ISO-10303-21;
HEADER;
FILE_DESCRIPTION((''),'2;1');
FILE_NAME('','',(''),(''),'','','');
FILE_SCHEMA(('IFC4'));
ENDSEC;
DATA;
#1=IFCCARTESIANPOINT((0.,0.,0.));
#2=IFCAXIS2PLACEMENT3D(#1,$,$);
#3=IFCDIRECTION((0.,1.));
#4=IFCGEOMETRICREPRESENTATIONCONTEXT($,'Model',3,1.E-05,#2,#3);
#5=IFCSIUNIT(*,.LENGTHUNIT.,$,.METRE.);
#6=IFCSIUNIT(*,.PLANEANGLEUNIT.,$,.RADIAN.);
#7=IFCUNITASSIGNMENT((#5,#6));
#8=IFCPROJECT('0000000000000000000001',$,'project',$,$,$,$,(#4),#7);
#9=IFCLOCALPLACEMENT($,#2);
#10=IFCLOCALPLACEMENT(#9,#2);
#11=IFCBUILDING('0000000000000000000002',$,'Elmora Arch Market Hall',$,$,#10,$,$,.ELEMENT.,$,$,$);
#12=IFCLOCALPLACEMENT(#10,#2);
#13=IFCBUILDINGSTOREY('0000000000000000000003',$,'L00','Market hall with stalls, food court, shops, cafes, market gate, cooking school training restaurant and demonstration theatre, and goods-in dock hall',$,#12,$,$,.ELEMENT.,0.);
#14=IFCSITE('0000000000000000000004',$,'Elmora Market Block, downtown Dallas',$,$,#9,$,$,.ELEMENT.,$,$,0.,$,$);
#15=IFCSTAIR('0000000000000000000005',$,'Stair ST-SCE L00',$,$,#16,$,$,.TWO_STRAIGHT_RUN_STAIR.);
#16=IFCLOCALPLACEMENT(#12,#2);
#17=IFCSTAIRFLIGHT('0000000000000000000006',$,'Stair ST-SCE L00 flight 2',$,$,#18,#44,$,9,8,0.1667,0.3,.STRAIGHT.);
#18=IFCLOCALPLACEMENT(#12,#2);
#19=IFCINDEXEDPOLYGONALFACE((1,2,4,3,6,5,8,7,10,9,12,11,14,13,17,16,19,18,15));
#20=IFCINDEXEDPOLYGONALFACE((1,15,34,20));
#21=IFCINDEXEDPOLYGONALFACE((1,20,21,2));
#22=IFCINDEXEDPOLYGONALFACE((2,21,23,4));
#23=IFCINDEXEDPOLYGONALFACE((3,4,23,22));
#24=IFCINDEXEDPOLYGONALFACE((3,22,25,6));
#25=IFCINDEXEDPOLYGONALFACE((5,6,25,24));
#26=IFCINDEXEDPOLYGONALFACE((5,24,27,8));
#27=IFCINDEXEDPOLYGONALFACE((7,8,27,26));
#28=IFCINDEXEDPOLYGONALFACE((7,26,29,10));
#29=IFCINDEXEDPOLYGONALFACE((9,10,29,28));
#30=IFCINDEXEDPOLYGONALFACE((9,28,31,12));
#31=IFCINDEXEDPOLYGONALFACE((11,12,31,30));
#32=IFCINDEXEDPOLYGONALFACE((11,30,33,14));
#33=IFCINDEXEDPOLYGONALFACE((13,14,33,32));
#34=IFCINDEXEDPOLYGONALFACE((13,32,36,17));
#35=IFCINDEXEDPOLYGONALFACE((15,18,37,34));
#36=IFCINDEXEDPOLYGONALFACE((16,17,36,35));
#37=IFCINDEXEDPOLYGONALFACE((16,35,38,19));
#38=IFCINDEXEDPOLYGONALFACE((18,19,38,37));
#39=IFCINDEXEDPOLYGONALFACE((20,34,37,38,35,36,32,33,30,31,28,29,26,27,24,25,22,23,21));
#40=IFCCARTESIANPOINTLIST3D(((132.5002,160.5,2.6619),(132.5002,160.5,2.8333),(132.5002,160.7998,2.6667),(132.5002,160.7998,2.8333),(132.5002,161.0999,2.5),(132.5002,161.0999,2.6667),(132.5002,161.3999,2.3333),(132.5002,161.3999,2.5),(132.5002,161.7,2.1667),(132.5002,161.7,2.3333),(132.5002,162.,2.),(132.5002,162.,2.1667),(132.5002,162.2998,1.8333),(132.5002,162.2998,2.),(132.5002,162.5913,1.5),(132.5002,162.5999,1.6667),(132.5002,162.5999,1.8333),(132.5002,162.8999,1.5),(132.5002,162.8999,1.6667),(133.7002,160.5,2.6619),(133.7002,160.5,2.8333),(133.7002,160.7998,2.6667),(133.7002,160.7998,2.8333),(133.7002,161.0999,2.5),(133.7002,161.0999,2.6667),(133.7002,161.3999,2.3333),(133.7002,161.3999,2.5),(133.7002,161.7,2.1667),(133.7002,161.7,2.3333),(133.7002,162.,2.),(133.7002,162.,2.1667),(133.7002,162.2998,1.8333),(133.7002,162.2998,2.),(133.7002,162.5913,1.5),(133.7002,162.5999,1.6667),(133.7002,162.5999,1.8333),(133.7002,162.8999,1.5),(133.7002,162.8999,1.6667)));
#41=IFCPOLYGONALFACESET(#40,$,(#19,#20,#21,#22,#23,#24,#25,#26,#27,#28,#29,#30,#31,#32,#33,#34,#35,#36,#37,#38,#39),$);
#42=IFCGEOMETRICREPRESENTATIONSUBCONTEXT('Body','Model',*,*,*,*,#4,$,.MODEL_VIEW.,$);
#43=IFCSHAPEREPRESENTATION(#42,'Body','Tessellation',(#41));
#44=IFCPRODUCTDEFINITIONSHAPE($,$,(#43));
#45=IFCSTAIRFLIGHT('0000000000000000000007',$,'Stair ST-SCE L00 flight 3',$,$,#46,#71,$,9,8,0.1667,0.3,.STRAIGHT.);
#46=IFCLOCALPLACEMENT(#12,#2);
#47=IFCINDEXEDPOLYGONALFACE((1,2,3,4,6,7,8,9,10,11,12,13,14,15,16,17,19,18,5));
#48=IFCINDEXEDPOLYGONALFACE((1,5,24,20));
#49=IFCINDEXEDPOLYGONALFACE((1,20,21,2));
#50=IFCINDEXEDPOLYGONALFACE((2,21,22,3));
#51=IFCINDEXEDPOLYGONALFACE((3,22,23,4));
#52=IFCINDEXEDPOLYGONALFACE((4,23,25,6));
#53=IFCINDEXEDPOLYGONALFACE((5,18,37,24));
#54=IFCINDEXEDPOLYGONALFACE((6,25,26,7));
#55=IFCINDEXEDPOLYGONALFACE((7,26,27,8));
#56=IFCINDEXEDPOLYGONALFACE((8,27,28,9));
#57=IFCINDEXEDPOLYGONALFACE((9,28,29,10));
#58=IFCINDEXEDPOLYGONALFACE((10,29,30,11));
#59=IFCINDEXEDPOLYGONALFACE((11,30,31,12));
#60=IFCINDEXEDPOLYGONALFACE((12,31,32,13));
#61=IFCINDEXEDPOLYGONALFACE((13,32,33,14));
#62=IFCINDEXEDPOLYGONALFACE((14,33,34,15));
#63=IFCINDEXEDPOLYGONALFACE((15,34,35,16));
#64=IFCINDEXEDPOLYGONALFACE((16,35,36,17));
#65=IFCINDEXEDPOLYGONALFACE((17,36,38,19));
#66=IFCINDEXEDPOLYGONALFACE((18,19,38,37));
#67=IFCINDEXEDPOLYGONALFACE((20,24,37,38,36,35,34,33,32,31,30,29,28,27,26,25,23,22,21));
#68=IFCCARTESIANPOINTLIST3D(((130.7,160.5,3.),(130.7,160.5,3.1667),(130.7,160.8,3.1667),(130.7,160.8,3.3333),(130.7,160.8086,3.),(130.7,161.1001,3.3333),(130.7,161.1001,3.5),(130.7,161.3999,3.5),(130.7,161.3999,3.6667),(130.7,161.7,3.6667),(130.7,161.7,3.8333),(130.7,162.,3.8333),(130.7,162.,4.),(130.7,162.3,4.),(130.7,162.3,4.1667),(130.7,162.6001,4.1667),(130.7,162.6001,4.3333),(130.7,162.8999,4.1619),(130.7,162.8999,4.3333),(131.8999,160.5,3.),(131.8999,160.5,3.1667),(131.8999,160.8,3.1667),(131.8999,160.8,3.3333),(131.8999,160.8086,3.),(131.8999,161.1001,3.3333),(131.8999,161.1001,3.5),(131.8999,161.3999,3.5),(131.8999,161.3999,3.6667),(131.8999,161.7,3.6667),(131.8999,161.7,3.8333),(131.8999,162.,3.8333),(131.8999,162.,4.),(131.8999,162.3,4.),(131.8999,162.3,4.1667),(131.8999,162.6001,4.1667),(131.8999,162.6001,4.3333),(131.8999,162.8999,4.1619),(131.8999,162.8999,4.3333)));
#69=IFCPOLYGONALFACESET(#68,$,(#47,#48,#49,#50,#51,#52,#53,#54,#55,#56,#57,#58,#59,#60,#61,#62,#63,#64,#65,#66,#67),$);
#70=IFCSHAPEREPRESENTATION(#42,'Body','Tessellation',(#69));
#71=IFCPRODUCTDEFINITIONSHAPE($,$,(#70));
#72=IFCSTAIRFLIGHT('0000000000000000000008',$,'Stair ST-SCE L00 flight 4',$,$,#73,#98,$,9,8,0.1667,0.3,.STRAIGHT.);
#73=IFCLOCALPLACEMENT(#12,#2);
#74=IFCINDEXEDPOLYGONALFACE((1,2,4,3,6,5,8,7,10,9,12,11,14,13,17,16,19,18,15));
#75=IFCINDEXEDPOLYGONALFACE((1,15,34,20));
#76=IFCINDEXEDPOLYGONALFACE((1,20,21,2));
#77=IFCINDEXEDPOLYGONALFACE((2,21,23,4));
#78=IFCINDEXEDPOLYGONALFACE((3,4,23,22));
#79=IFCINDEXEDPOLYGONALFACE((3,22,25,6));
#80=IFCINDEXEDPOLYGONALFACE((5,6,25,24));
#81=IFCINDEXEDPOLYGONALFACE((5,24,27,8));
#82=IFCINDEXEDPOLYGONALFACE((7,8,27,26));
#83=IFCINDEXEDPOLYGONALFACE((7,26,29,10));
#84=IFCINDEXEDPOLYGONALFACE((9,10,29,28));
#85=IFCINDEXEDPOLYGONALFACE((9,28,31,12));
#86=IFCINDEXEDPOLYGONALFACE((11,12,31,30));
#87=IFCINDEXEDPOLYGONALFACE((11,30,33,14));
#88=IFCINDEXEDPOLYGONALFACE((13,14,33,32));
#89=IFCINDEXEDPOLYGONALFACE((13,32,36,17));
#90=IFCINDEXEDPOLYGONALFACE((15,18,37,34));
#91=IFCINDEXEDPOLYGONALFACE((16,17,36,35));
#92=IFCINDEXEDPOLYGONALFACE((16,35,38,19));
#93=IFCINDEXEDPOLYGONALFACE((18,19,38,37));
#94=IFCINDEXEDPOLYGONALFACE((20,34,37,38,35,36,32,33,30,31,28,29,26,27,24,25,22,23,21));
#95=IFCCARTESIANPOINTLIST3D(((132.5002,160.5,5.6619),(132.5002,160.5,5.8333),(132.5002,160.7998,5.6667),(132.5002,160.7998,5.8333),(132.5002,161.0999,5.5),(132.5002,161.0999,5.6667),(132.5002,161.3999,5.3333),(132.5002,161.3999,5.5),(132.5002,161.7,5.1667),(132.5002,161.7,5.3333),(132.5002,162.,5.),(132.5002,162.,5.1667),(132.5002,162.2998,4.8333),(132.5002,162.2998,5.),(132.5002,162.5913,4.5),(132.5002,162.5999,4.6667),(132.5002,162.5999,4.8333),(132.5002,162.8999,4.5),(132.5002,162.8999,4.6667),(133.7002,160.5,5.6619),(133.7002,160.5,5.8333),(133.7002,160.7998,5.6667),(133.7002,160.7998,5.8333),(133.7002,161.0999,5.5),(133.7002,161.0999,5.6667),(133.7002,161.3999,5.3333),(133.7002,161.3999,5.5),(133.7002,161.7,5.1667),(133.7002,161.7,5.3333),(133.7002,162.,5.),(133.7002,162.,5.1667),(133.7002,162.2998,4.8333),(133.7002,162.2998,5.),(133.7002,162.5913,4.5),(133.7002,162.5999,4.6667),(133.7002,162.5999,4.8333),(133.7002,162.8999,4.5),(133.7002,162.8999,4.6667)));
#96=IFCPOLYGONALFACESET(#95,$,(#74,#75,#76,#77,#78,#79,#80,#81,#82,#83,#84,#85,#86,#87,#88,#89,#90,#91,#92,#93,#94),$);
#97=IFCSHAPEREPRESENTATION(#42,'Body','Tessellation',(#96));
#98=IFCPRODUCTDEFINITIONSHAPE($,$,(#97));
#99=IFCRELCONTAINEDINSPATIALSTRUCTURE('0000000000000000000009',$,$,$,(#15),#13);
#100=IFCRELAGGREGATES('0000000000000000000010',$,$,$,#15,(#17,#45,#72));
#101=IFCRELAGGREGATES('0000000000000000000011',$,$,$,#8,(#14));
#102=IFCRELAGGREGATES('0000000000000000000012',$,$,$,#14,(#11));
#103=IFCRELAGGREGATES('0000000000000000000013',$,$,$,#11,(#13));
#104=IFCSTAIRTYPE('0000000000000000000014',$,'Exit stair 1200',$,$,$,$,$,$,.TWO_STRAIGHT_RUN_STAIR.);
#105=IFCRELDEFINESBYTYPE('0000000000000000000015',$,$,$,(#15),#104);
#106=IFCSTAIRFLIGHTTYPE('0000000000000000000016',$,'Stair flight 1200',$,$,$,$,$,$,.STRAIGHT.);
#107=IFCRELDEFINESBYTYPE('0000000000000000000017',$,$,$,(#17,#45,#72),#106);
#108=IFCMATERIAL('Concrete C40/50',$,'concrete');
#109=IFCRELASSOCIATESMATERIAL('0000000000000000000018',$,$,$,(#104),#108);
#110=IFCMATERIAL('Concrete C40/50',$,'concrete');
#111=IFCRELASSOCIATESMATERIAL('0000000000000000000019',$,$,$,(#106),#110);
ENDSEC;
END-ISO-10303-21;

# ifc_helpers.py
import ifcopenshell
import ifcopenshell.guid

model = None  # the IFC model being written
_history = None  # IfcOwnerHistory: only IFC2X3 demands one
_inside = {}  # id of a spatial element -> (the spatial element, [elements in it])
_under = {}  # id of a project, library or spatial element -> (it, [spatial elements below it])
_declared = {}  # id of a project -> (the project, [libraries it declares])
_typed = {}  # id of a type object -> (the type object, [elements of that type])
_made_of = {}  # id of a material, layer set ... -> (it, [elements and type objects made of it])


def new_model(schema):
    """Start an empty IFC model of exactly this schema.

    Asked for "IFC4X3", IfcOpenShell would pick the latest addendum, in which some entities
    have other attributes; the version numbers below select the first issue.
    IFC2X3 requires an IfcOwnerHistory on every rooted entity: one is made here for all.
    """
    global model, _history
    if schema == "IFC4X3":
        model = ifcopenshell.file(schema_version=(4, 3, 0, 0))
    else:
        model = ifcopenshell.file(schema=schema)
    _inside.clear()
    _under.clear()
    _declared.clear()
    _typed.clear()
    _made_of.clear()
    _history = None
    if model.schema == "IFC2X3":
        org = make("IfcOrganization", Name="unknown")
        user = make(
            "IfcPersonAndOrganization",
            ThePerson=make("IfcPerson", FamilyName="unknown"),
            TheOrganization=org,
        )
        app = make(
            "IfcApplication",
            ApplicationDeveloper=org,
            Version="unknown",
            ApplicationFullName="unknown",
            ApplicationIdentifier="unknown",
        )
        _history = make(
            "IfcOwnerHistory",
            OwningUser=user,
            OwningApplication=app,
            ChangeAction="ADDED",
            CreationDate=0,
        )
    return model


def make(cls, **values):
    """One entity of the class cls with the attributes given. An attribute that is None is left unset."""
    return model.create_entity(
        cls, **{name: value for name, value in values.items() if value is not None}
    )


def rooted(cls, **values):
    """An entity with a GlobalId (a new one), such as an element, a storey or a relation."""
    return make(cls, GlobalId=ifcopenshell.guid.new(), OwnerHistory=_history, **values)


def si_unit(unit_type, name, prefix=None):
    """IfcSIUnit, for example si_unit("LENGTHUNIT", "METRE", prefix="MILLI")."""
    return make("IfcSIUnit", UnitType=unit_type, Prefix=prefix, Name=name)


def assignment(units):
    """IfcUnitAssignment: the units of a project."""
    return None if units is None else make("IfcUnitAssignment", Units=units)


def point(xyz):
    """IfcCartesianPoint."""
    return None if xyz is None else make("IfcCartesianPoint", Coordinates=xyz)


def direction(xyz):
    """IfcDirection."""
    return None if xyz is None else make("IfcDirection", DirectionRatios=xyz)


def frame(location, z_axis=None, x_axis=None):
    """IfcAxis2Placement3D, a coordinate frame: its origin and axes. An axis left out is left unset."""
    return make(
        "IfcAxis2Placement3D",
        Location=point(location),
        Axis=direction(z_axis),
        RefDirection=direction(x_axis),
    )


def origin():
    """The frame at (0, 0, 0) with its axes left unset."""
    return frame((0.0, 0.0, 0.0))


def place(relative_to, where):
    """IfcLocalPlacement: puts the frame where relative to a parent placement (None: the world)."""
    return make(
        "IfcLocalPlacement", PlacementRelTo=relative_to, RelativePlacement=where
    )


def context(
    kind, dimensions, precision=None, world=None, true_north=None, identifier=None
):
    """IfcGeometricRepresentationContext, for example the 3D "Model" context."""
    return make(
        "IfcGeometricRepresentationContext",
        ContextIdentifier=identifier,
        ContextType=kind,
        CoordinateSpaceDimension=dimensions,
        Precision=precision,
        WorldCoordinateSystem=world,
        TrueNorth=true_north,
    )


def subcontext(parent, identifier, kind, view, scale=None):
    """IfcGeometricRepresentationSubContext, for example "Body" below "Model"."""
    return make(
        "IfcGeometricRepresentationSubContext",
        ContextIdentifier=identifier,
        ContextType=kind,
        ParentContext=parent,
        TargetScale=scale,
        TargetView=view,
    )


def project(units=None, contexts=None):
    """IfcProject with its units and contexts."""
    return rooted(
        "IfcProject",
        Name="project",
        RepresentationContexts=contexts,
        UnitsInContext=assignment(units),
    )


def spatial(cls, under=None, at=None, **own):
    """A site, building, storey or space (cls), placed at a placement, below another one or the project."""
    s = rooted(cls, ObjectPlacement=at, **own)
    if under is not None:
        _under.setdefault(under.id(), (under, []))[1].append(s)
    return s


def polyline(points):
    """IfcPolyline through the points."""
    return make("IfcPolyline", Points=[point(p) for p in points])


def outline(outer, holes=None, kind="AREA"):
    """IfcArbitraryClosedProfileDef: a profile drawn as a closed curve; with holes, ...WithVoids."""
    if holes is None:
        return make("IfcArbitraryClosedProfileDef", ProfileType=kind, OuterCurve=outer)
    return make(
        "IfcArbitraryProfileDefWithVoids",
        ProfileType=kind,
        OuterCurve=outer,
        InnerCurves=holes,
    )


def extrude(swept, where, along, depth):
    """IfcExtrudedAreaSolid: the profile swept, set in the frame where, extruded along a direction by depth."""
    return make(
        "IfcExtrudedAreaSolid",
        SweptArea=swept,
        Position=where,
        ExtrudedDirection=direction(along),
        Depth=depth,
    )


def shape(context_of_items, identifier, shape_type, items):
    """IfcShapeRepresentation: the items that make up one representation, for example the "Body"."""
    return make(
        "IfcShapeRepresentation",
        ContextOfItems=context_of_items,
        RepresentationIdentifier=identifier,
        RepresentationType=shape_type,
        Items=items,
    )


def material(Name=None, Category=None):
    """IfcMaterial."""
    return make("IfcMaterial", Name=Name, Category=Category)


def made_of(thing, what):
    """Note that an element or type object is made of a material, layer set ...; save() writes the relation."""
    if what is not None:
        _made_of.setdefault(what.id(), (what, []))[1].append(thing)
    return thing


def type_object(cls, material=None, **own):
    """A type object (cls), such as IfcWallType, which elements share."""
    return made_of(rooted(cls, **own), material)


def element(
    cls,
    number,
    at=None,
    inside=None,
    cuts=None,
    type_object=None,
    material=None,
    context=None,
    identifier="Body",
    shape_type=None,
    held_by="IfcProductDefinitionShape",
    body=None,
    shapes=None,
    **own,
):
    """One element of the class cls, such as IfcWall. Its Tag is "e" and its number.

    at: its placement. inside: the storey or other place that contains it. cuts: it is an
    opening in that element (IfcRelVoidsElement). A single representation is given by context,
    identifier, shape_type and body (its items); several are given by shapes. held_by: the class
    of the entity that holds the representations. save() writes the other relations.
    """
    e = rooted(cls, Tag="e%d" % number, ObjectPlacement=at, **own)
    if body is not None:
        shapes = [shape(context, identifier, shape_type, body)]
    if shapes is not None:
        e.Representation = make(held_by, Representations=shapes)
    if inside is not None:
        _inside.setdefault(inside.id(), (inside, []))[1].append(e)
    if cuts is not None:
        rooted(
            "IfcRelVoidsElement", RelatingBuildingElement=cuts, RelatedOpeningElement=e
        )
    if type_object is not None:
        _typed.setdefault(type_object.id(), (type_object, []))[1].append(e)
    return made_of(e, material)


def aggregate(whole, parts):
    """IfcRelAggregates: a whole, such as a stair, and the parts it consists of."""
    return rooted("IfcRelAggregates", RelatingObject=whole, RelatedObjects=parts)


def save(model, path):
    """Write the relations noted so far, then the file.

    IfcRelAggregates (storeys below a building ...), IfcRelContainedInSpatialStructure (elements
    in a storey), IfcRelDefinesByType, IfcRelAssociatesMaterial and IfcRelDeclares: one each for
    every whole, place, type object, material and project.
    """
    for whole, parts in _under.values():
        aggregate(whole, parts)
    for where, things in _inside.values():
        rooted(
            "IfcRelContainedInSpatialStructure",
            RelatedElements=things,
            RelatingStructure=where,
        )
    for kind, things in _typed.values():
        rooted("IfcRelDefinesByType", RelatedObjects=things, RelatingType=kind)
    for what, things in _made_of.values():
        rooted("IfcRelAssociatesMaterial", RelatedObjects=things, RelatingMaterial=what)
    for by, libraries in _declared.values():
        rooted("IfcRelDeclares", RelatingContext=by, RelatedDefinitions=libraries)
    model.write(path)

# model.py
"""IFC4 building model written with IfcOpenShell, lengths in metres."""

from ifc_helpers import new_model, si_unit, direction, frame, origin, place, context, subcontext, project, spatial, polyline, outline, extrude, material, type_object, element, aggregate, save


model = new_model("IFC4")

# Units and contexts
model_context = context("Model", 3, precision=1e-05, world=origin(), true_north=direction((0.0, 1.0)))
body_context = subcontext(model_context, "Body", "Model", "MODEL_VIEW")
ifc_project = project(units=[si_unit("LENGTHUNIT", "METRE"), si_unit("PLANEANGLEUNIT", "RADIAN")], contexts=[model_context])

# Site, building, storey
site_placement = place(None, origin())
site = spatial("IfcSite", under=ifc_project, at=site_placement, Name="Elmora Market Block, downtown Dallas", CompositionType="ELEMENT", RefElevation=0.0)
building_placement = place(site_placement, origin())
building = spatial("IfcBuilding", under=site, at=building_placement, Name="Elmora Arch Market Hall", CompositionType="ELEMENT")
storey_placement = place(building_placement, origin())
storey = spatial("IfcBuildingStorey", under=building, at=storey_placement, Name="L00", Description="Market hall with stalls, food court, shops, cafes, market gate, cooking school training restaurant and demonstration theatre, and goods-in dock hall", CompositionType="ELEMENT", Elevation=0.0)

# Stair, stair flights
ifc_material_1 = material(Name="Concrete C40/50", Category="concrete")
stair_type = type_object("IfcStairType", Name="Exit stair 1200", PredefinedType="TWO_STRAIGHT_RUN_STAIR", material=ifc_material_1)
stair_placement = place(storey_placement, origin())
stair = element("IfcStair", 1, at=stair_placement, inside=storey, type_object=stair_type, Name="Stair ST-SCE L00", PredefinedType="TWO_STRAIGHT_RUN_STAIR")
ifc_material_2 = material(Name="Concrete C40/50", Category="concrete")
stair_flight_type = type_object("IfcStairFlightType", Name="Stair flight 1200", PredefinedType="STRAIGHT", material=ifc_material_2)
stair_flight_1_placement = place(storey_placement, frame((133.1001, 162.8999, 1.5), z_axis=(0.0, 0.0, 1.0), x_axis=(0.0, -1.0, 0.0)))
stair_flight_1 = element("IfcStairFlight", 2, at=stair_flight_1_placement, type_object=stair_flight_type, Name="Stair ST-SCE L00 flight 2", NumberOfRisers=9, NumberOfTreads=8, PredefinedType="STRAIGHT", RiserHeight=0.1667, TreadLength=0.3, context=body_context, shape_type="SweptSolid", body=[
    extrude(outline(polyline([(0.0, 0.0), (0.0, 0.1667), (0.3, 0.1667), (0.3, 0.3333), (0.6001, 0.3333), (0.6001, 0.5), (0.8999, 0.5), (0.8999, 0.6667), (1.2, 0.6667), (1.2, 0.8333), (1.5, 0.8333), (1.5, 1.0), (1.8, 1.0), (1.8, 1.1667), (2.1001, 1.1667), (2.1001, 1.3333), (2.3999, 1.3333), (2.3999, 1.5), (2.3999, 1.1619), (0.3086, 0.0), (0.0, 0.0)])), frame((0.0, 0.6001, 0.0), z_axis=(0.0, -1.0, 0.0), x_axis=(1.0, 0.0, 0.0)), (0.0, 0.0, 1.0), 1.2),
])
stair_flight_2_placement = place(storey_placement, frame((131.3, 160.5, 3.0), z_axis=(0.0, 0.0, 1.0), x_axis=(0.0, 1.0, 0.0)))
stair_flight_2 = element("IfcStairFlight", 3, at=stair_flight_2_placement, type_object=stair_flight_type, Name="Stair ST-SCE L00 flight 3", NumberOfRisers=9, NumberOfTreads=8, PredefinedType="STRAIGHT", RiserHeight=0.1667, TreadLength=0.3, context=body_context, shape_type="SweptSolid", body=[
    extrude(outline(polyline([(0.0, 0.0), (0.0, 0.1667), (0.3, 0.1667), (0.3, 0.3333), (0.6001, 0.3333), (0.6001, 0.5), (0.8999, 0.5), (0.8999, 0.6667), (1.2, 0.6667), (1.2, 0.8333), (1.5, 0.8333), (1.5, 1.0), (1.8, 1.0), (1.8, 1.1667), (2.1001, 1.1667), (2.1001, 1.3333), (2.3999, 1.3333), (2.3999, 1.5), (2.3999, 1.1619), (0.3086, 0.0), (0.0, 0.0)])), frame((0.0, 0.6001, 0.0), z_axis=(0.0, -1.0, 0.0), x_axis=(1.0, 0.0, 0.0)), (0.0, 0.0, 1.0), 1.2),
])
stair_flight_3_placement = place(storey_placement, frame((133.1001, 162.8999, 4.5), z_axis=(0.0, 0.0, 1.0), x_axis=(0.0, -1.0, 0.0)))
stair_flight_3 = element("IfcStairFlight", 4, at=stair_flight_3_placement, type_object=stair_flight_type, Name="Stair ST-SCE L00 flight 4", NumberOfRisers=9, NumberOfTreads=8, PredefinedType="STRAIGHT", RiserHeight=0.1667, TreadLength=0.3, context=body_context, shape_type="SweptSolid", body=[
    extrude(outline(polyline([(0.0, 0.0), (0.0, 0.1667), (0.3, 0.1667), (0.3, 0.3333), (0.6001, 0.3333), (0.6001, 0.5), (0.8999, 0.5), (0.8999, 0.6667), (1.2, 0.6667), (1.2, 0.8333), (1.5, 0.8333), (1.5, 1.0), (1.8, 1.0), (1.8, 1.1667), (2.1001, 1.1667), (2.1001, 1.3333), (2.3999, 1.3333), (2.3999, 1.5), (2.3999, 1.1619), (0.3086, 0.0), (0.0, 0.0)])), frame((0.0, 0.6001, 0.0), z_axis=(0.0, -1.0, 0.0), x_axis=(1.0, 0.0, 0.0)), (0.0, 0.0, 1.0), 1.2),
])
aggregate(stair, [stair_flight_1, stair_flight_2, stair_flight_3])

save(model, "model.ifc")
